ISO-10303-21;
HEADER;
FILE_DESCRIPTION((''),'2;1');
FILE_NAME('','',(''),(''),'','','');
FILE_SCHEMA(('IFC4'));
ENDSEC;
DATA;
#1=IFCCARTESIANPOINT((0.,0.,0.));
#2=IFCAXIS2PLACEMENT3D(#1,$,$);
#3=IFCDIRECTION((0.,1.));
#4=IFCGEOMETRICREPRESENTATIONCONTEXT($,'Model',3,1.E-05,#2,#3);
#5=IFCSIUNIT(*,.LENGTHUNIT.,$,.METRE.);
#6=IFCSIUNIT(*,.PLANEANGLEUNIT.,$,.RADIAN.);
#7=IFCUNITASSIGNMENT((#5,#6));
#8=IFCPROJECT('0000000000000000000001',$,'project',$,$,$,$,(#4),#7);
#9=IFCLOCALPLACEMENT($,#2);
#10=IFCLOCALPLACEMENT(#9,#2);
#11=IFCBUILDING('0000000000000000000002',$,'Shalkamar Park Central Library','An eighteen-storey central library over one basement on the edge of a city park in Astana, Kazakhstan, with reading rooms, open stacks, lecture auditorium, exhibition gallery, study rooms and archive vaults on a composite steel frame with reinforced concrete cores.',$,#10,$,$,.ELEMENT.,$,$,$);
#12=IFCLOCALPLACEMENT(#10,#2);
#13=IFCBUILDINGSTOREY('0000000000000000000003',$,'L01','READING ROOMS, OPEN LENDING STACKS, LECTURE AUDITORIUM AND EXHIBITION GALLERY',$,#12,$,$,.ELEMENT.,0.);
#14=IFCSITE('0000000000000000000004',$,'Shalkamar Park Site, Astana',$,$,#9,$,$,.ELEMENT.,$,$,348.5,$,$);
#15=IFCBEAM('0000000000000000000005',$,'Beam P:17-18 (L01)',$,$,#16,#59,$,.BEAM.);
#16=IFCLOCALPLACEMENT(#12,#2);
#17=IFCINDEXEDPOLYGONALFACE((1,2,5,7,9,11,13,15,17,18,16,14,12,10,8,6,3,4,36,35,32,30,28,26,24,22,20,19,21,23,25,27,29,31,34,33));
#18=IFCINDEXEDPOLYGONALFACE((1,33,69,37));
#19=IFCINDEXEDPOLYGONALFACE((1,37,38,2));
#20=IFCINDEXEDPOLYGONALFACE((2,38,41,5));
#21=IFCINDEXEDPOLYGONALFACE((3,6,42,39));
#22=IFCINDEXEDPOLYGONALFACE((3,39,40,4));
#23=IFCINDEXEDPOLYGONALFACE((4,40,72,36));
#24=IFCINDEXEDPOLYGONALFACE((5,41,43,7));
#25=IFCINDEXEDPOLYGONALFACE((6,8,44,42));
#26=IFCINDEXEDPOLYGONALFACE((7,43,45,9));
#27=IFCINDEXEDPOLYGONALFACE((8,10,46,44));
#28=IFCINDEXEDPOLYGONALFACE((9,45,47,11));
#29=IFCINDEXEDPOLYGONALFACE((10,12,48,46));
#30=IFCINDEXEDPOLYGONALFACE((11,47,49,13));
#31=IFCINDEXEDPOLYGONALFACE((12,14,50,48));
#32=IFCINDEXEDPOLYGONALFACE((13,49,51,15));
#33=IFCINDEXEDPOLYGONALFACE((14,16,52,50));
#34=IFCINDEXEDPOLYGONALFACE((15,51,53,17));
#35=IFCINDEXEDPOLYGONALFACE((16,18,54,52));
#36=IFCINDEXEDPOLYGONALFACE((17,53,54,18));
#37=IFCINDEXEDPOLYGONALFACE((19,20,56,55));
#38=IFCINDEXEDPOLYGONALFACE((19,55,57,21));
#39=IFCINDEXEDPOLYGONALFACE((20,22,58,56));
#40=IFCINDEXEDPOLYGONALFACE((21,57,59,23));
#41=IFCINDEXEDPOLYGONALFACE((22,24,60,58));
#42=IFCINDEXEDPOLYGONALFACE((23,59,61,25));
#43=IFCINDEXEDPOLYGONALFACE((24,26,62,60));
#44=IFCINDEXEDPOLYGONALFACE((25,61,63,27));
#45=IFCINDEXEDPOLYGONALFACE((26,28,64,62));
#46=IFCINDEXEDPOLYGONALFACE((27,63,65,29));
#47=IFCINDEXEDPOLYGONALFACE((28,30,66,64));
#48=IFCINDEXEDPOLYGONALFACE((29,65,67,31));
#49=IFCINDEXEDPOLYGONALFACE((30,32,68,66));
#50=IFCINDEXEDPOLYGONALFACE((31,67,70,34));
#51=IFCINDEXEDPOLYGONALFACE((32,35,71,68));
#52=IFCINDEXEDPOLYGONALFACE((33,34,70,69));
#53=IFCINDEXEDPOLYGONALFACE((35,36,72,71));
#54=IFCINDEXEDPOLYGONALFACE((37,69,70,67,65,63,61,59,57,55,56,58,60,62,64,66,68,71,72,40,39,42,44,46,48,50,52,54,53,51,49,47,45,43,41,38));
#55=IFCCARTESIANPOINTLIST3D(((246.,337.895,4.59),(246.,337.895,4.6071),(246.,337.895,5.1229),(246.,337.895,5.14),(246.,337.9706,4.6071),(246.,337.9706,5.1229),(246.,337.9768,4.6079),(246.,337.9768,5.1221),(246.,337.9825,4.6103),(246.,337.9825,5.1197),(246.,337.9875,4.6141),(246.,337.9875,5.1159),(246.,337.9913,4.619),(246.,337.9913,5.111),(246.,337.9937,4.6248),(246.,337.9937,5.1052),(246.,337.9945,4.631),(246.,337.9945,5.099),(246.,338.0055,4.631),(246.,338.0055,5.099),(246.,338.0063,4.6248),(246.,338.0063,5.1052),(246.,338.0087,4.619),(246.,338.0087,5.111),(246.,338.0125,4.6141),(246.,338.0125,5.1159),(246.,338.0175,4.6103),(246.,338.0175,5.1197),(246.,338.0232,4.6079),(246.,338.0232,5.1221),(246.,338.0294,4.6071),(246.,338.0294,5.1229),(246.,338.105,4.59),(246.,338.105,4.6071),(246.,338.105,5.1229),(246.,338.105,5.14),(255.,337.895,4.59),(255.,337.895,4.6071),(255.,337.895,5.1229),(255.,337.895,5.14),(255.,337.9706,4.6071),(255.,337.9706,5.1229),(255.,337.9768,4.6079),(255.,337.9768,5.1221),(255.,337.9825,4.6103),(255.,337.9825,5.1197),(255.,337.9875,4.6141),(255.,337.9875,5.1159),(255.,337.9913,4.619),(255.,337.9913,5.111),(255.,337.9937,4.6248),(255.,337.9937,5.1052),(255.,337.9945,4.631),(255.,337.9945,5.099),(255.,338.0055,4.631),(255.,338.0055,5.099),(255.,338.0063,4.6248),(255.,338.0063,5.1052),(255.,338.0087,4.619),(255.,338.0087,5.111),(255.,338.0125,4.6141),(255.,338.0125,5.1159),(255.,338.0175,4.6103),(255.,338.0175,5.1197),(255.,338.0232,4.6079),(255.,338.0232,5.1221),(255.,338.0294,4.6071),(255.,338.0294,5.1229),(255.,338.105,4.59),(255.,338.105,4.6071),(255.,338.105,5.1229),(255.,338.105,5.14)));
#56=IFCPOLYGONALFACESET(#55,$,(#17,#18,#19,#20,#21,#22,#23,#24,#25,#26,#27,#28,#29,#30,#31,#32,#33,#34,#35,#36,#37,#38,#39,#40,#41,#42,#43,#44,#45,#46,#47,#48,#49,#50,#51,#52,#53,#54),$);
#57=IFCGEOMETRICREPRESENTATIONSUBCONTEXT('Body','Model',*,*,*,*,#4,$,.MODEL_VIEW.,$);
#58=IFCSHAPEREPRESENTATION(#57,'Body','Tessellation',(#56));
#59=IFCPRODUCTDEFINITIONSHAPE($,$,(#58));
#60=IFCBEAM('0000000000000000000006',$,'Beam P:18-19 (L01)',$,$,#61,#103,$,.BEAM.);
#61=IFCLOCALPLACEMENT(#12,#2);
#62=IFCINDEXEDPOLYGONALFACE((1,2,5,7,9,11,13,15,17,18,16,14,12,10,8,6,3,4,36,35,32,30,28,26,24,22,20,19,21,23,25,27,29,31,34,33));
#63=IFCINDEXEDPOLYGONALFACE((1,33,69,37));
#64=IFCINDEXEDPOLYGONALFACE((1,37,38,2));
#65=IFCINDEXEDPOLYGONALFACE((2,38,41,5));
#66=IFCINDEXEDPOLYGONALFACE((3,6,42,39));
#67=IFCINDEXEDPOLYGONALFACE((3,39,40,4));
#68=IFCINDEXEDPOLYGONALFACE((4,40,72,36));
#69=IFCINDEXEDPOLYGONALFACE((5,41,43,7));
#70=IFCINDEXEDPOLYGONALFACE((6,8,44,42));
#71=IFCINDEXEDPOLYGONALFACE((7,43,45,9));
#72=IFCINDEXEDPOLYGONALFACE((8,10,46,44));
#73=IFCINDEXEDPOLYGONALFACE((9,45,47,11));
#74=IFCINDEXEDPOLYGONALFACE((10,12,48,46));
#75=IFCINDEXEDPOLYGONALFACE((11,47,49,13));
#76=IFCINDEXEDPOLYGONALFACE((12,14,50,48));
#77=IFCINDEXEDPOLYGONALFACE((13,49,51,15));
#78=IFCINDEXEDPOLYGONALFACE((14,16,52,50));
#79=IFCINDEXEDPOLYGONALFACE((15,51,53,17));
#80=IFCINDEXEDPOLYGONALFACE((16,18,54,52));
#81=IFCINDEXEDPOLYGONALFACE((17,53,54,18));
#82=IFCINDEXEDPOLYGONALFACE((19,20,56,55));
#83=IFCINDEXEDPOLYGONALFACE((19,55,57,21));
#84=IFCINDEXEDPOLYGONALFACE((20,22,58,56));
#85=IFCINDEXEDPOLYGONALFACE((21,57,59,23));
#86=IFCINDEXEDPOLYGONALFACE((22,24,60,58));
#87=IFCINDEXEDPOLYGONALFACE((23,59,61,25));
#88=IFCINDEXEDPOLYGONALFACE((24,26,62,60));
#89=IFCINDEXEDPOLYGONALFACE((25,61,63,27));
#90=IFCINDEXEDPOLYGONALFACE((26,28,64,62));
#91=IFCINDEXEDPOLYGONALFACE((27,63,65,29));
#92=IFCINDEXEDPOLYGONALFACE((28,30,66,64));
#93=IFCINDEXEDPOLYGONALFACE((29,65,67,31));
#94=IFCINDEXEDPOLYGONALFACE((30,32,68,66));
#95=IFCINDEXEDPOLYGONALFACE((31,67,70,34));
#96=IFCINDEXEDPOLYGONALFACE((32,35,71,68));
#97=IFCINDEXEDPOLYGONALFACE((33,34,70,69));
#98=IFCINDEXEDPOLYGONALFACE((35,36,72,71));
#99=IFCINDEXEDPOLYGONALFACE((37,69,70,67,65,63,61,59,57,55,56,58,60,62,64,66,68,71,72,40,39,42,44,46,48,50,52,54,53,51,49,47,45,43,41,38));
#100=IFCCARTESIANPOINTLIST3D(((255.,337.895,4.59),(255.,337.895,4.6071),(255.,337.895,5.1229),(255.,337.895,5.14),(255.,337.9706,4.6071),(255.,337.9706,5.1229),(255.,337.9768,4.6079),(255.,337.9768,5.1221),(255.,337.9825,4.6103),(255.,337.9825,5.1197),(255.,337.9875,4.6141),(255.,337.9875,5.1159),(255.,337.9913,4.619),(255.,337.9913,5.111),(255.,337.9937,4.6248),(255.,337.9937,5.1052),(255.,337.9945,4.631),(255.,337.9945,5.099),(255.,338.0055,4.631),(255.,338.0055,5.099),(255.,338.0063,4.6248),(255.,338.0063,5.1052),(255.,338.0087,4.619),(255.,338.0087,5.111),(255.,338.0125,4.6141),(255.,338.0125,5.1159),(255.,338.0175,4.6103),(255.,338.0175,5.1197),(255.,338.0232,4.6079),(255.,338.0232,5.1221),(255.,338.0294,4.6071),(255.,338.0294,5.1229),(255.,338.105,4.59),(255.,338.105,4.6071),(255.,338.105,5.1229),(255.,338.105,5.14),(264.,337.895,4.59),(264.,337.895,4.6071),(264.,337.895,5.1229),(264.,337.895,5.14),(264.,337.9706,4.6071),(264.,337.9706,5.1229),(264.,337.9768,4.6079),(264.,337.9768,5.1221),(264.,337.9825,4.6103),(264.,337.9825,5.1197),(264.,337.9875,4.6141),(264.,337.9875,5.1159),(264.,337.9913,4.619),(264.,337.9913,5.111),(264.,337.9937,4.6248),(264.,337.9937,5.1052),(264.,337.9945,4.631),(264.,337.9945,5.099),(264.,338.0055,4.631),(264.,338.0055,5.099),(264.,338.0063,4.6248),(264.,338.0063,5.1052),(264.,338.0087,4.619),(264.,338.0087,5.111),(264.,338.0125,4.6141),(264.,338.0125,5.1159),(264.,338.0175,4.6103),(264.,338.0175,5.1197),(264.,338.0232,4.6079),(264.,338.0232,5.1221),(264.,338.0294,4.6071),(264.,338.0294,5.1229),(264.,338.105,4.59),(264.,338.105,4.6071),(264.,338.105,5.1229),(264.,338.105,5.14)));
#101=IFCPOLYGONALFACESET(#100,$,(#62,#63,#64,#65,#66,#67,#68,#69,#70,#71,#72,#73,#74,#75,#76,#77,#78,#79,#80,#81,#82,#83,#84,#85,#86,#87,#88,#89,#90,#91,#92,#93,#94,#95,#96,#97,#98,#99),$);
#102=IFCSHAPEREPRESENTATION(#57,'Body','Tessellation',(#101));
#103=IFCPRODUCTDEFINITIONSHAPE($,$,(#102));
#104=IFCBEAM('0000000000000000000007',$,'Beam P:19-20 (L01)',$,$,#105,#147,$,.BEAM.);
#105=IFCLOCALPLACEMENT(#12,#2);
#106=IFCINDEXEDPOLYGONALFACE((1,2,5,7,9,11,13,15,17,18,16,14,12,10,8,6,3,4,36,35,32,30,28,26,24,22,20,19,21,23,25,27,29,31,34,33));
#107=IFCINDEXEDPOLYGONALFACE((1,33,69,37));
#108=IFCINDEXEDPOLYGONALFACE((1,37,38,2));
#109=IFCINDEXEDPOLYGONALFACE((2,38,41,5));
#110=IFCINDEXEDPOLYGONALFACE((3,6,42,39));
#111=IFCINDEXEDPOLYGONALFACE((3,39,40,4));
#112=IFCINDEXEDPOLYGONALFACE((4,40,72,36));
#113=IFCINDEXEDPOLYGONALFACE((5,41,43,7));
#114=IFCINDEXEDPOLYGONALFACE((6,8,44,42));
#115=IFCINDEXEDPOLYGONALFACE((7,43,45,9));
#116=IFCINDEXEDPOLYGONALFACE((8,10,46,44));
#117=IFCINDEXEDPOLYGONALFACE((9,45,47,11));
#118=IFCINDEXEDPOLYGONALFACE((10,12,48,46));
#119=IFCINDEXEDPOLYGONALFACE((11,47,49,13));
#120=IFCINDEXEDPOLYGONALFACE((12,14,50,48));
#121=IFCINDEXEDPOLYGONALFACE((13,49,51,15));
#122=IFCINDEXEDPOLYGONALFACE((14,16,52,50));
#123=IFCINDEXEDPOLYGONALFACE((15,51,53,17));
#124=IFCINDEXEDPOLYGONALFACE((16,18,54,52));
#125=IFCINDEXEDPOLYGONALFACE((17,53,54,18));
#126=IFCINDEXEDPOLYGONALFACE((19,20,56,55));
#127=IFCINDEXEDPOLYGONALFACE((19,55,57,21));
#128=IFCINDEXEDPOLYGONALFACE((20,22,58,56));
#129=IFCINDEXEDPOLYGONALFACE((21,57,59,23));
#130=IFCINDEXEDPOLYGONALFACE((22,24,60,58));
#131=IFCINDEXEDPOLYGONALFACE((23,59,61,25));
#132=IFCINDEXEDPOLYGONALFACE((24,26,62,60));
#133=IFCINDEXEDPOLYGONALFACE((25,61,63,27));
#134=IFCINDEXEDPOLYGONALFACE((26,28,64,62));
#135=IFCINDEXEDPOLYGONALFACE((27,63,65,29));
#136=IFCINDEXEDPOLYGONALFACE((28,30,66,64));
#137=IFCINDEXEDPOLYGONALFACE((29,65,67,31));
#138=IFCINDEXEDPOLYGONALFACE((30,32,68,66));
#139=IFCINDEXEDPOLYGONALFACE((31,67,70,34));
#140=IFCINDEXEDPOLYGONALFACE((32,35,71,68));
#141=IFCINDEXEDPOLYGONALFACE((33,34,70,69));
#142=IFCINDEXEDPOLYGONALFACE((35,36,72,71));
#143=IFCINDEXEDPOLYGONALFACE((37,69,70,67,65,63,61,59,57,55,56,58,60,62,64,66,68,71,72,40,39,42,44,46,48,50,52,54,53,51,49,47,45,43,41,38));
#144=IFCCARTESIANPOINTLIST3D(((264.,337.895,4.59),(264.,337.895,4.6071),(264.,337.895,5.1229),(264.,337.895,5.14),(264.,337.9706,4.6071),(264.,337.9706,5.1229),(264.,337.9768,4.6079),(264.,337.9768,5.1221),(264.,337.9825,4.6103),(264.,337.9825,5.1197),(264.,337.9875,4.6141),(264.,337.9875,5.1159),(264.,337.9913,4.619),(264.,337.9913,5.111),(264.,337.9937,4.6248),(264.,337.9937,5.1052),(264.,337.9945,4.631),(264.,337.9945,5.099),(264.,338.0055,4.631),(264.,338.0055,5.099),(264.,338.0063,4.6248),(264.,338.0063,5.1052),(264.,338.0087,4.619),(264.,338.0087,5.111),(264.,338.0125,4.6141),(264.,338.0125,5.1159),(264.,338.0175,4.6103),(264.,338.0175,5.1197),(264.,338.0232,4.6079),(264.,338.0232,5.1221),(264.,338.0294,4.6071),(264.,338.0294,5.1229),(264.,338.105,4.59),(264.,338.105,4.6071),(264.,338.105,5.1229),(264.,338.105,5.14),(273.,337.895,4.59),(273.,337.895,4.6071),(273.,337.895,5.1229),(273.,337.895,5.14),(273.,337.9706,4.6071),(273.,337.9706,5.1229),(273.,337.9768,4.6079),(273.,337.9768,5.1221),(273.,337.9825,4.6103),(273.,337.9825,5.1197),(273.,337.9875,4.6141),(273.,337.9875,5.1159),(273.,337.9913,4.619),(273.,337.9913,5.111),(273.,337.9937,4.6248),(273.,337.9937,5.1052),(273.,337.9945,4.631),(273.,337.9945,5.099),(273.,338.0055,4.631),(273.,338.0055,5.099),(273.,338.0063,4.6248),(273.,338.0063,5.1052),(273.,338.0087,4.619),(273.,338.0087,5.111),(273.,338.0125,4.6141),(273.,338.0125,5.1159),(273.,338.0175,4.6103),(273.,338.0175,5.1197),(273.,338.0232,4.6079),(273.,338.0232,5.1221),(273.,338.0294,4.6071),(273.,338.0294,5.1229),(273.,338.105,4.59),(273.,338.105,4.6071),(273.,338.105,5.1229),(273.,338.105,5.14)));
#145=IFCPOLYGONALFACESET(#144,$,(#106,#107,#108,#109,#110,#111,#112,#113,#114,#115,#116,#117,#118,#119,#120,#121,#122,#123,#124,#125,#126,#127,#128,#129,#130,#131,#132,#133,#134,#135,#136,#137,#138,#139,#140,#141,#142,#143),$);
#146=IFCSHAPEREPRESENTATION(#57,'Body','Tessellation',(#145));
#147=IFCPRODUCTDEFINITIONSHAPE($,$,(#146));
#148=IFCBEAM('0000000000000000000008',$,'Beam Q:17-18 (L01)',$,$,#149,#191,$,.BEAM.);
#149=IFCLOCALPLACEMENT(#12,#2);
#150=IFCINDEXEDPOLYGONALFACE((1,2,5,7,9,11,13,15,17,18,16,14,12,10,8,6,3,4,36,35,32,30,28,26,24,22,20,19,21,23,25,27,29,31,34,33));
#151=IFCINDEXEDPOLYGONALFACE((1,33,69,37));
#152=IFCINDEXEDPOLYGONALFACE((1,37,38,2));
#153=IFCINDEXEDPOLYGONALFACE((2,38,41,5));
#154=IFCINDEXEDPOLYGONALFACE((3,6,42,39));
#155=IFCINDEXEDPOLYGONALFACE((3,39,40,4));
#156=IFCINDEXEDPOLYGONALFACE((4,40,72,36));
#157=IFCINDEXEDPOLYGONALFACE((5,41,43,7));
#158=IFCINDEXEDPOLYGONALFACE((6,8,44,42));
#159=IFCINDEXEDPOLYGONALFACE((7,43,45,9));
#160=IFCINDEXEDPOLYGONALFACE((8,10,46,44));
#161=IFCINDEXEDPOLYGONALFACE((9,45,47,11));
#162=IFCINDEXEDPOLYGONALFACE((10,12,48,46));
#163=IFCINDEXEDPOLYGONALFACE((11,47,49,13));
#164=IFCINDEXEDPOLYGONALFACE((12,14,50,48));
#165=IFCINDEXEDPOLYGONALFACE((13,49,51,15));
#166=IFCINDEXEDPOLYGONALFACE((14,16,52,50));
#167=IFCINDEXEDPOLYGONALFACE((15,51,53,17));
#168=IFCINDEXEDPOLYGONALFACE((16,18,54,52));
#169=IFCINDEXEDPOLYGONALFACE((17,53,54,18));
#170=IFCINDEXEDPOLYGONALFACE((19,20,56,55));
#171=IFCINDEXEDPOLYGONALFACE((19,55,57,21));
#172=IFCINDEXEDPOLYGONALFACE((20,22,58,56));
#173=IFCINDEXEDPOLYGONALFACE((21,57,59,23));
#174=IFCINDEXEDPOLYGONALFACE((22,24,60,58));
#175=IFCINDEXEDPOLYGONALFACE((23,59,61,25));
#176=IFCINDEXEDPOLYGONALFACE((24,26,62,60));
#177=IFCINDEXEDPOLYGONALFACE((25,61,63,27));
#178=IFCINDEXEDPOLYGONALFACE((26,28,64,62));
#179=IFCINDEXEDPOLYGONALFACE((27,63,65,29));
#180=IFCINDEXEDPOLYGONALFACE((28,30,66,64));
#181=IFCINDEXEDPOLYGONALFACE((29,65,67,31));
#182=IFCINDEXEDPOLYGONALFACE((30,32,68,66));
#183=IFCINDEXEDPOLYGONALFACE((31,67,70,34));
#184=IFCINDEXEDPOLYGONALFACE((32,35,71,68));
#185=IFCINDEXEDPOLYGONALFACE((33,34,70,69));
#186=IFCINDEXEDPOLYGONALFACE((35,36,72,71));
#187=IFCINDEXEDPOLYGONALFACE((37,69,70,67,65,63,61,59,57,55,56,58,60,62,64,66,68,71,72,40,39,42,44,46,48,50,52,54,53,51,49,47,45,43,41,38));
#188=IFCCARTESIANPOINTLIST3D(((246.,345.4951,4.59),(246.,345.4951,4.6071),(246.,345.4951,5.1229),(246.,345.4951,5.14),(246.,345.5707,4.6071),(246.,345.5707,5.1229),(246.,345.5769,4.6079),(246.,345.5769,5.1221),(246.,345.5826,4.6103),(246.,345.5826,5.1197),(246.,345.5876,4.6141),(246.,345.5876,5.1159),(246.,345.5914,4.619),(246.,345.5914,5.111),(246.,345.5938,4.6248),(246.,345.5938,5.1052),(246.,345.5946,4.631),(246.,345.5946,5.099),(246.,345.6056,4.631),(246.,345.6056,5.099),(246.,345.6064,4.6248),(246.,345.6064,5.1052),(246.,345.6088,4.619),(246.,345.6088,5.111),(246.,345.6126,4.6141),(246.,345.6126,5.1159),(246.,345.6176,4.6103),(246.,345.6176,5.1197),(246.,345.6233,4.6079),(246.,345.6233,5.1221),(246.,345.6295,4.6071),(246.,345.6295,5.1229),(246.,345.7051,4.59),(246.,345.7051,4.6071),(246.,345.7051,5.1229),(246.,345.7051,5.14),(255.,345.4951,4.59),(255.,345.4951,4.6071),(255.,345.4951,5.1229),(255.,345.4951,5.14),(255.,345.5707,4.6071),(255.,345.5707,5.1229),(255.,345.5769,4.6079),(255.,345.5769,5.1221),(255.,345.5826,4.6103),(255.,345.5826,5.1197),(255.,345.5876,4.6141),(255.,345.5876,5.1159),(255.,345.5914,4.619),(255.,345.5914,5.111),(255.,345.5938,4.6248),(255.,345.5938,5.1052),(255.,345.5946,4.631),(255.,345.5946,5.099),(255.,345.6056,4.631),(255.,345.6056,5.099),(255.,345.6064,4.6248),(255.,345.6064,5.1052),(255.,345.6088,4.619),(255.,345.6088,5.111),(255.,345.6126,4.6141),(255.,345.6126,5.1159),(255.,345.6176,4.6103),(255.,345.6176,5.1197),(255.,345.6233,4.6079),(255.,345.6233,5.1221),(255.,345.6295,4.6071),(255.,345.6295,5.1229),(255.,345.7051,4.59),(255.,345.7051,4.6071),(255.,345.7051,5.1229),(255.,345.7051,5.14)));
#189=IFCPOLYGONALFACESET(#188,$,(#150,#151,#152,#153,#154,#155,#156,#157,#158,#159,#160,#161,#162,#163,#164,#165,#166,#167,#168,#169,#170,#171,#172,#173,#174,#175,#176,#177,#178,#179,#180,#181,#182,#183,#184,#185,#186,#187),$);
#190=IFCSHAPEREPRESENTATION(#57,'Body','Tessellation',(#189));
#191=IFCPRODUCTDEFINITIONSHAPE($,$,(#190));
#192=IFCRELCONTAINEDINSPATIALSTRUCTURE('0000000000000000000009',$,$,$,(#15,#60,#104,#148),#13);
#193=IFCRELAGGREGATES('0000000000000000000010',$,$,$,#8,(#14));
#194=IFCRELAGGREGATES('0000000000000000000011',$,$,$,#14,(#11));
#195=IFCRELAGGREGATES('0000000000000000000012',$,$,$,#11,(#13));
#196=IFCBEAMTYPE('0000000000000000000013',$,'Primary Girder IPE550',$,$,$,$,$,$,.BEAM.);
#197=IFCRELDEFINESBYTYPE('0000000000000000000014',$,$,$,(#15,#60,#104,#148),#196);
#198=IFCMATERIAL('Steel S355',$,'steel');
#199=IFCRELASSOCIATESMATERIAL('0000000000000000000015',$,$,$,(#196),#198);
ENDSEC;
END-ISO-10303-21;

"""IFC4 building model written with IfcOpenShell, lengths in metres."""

from ifc_helpers import new_model, si_unit, direction, frame, origin, origin_2d, place, context, subcontext, project, spatial, i_section, extrude, material, material_profile, profile_set, type_object, element, save


model = new_model("IFC4")

# Units and contexts
model_context = context("Model", 3, precision=1e-05, world=origin(), true_north=direction((0.0, 1.0)))
body_context = subcontext(model_context, "Body", "Model", "MODEL_VIEW")
ifc_project = project(units=[si_unit("LENGTHUNIT", "METRE"), si_unit("PLANEANGLEUNIT", "RADIAN")], contexts=[model_context])

# Site, building, storey
site_placement = place(None, origin())
site = spatial("IfcSite", under=ifc_project, at=site_placement, Name="Shalkamar Park Site, Astana", CompositionType="ELEMENT", RefElevation=348.5)
building_placement = place(site_placement, origin())
building = spatial("IfcBuilding", under=site, at=building_placement, Name="Shalkamar Park Central Library", Description="An eighteen-storey central library over one basement on the edge of a city park in Astana, Kazakhstan, with reading rooms, open stacks, lecture auditorium, exhibition gallery, study rooms and archive vaults on a composite steel frame with reinforced concrete cores.", CompositionType="ELEMENT")
storey_placement = place(building_placement, origin())
storey = spatial("IfcBuildingStorey", under=building, at=storey_placement, Name="L01", Description="READING ROOMS, OPEN LENDING STACKS, LECTURE AUDITORIUM AND EXHIBITION GALLERY", CompositionType="ELEMENT", Elevation=0.0)

# Shared definitions
ifc_material_1 = material(Name="Steel S355", Category="steel")

# Beams
ifc_material_profile_1 = material_profile(ifc_material_1, i_section(OverallWidth=0.21, OverallDepth=0.55, WebThickness=0.011, FlangeThickness=0.0171, FilletRadius=0.0239, at=origin_2d()), Name="IPE 550")
ifc_profile_set_1 = profile_set([ifc_material_profile_1], Name="Steel S355")
beam_type_1 = type_object("IfcBeamType", Name="Primary Girder IPE550", PredefinedType="BEAM", material=ifc_profile_set_1)
for number, where, z_axis, x_axis, name in (
    (1, (246.0, 338.0, 4.865), (1.0, 0.0, 0.0), (0.0, 1.0, 0.0), "Beam P:17-18 (L01)"),
    (2, (255.0, 338.0, 4.865), (1.0, 0.0, 0.0), (0.0, 1.0, 0.0), "Beam P:18-19 (L01)"),
    (3, (264.0, 338.0, 4.865), (1.0, 0.0, 0.0), (0.0, 1.0, 0.0), "Beam P:19-20 (L01)"),
    (4, (246.0, 345.6001, 4.865), (1.0, 0.0, 0.0), (0.0, 1.0, 0.0), "Beam Q:17-18 (L01)"),
):
    element("IfcBeam", number, at=place(storey_placement, frame(where, z_axis=z_axis, x_axis=x_axis)), inside=storey, type_object=beam_type_1, Name=name, PredefinedType="BEAM", context=body_context, shape_type="SweptSolid", body=[
        extrude(i_section(OverallWidth=0.21, OverallDepth=0.55, WebThickness=0.011, FlangeThickness=0.0171, FilletRadius=0.0239, at=origin_2d()), origin(), (0.0, 0.0, 1.0), 9.0),
    ])

save(model, "model.ifc")
